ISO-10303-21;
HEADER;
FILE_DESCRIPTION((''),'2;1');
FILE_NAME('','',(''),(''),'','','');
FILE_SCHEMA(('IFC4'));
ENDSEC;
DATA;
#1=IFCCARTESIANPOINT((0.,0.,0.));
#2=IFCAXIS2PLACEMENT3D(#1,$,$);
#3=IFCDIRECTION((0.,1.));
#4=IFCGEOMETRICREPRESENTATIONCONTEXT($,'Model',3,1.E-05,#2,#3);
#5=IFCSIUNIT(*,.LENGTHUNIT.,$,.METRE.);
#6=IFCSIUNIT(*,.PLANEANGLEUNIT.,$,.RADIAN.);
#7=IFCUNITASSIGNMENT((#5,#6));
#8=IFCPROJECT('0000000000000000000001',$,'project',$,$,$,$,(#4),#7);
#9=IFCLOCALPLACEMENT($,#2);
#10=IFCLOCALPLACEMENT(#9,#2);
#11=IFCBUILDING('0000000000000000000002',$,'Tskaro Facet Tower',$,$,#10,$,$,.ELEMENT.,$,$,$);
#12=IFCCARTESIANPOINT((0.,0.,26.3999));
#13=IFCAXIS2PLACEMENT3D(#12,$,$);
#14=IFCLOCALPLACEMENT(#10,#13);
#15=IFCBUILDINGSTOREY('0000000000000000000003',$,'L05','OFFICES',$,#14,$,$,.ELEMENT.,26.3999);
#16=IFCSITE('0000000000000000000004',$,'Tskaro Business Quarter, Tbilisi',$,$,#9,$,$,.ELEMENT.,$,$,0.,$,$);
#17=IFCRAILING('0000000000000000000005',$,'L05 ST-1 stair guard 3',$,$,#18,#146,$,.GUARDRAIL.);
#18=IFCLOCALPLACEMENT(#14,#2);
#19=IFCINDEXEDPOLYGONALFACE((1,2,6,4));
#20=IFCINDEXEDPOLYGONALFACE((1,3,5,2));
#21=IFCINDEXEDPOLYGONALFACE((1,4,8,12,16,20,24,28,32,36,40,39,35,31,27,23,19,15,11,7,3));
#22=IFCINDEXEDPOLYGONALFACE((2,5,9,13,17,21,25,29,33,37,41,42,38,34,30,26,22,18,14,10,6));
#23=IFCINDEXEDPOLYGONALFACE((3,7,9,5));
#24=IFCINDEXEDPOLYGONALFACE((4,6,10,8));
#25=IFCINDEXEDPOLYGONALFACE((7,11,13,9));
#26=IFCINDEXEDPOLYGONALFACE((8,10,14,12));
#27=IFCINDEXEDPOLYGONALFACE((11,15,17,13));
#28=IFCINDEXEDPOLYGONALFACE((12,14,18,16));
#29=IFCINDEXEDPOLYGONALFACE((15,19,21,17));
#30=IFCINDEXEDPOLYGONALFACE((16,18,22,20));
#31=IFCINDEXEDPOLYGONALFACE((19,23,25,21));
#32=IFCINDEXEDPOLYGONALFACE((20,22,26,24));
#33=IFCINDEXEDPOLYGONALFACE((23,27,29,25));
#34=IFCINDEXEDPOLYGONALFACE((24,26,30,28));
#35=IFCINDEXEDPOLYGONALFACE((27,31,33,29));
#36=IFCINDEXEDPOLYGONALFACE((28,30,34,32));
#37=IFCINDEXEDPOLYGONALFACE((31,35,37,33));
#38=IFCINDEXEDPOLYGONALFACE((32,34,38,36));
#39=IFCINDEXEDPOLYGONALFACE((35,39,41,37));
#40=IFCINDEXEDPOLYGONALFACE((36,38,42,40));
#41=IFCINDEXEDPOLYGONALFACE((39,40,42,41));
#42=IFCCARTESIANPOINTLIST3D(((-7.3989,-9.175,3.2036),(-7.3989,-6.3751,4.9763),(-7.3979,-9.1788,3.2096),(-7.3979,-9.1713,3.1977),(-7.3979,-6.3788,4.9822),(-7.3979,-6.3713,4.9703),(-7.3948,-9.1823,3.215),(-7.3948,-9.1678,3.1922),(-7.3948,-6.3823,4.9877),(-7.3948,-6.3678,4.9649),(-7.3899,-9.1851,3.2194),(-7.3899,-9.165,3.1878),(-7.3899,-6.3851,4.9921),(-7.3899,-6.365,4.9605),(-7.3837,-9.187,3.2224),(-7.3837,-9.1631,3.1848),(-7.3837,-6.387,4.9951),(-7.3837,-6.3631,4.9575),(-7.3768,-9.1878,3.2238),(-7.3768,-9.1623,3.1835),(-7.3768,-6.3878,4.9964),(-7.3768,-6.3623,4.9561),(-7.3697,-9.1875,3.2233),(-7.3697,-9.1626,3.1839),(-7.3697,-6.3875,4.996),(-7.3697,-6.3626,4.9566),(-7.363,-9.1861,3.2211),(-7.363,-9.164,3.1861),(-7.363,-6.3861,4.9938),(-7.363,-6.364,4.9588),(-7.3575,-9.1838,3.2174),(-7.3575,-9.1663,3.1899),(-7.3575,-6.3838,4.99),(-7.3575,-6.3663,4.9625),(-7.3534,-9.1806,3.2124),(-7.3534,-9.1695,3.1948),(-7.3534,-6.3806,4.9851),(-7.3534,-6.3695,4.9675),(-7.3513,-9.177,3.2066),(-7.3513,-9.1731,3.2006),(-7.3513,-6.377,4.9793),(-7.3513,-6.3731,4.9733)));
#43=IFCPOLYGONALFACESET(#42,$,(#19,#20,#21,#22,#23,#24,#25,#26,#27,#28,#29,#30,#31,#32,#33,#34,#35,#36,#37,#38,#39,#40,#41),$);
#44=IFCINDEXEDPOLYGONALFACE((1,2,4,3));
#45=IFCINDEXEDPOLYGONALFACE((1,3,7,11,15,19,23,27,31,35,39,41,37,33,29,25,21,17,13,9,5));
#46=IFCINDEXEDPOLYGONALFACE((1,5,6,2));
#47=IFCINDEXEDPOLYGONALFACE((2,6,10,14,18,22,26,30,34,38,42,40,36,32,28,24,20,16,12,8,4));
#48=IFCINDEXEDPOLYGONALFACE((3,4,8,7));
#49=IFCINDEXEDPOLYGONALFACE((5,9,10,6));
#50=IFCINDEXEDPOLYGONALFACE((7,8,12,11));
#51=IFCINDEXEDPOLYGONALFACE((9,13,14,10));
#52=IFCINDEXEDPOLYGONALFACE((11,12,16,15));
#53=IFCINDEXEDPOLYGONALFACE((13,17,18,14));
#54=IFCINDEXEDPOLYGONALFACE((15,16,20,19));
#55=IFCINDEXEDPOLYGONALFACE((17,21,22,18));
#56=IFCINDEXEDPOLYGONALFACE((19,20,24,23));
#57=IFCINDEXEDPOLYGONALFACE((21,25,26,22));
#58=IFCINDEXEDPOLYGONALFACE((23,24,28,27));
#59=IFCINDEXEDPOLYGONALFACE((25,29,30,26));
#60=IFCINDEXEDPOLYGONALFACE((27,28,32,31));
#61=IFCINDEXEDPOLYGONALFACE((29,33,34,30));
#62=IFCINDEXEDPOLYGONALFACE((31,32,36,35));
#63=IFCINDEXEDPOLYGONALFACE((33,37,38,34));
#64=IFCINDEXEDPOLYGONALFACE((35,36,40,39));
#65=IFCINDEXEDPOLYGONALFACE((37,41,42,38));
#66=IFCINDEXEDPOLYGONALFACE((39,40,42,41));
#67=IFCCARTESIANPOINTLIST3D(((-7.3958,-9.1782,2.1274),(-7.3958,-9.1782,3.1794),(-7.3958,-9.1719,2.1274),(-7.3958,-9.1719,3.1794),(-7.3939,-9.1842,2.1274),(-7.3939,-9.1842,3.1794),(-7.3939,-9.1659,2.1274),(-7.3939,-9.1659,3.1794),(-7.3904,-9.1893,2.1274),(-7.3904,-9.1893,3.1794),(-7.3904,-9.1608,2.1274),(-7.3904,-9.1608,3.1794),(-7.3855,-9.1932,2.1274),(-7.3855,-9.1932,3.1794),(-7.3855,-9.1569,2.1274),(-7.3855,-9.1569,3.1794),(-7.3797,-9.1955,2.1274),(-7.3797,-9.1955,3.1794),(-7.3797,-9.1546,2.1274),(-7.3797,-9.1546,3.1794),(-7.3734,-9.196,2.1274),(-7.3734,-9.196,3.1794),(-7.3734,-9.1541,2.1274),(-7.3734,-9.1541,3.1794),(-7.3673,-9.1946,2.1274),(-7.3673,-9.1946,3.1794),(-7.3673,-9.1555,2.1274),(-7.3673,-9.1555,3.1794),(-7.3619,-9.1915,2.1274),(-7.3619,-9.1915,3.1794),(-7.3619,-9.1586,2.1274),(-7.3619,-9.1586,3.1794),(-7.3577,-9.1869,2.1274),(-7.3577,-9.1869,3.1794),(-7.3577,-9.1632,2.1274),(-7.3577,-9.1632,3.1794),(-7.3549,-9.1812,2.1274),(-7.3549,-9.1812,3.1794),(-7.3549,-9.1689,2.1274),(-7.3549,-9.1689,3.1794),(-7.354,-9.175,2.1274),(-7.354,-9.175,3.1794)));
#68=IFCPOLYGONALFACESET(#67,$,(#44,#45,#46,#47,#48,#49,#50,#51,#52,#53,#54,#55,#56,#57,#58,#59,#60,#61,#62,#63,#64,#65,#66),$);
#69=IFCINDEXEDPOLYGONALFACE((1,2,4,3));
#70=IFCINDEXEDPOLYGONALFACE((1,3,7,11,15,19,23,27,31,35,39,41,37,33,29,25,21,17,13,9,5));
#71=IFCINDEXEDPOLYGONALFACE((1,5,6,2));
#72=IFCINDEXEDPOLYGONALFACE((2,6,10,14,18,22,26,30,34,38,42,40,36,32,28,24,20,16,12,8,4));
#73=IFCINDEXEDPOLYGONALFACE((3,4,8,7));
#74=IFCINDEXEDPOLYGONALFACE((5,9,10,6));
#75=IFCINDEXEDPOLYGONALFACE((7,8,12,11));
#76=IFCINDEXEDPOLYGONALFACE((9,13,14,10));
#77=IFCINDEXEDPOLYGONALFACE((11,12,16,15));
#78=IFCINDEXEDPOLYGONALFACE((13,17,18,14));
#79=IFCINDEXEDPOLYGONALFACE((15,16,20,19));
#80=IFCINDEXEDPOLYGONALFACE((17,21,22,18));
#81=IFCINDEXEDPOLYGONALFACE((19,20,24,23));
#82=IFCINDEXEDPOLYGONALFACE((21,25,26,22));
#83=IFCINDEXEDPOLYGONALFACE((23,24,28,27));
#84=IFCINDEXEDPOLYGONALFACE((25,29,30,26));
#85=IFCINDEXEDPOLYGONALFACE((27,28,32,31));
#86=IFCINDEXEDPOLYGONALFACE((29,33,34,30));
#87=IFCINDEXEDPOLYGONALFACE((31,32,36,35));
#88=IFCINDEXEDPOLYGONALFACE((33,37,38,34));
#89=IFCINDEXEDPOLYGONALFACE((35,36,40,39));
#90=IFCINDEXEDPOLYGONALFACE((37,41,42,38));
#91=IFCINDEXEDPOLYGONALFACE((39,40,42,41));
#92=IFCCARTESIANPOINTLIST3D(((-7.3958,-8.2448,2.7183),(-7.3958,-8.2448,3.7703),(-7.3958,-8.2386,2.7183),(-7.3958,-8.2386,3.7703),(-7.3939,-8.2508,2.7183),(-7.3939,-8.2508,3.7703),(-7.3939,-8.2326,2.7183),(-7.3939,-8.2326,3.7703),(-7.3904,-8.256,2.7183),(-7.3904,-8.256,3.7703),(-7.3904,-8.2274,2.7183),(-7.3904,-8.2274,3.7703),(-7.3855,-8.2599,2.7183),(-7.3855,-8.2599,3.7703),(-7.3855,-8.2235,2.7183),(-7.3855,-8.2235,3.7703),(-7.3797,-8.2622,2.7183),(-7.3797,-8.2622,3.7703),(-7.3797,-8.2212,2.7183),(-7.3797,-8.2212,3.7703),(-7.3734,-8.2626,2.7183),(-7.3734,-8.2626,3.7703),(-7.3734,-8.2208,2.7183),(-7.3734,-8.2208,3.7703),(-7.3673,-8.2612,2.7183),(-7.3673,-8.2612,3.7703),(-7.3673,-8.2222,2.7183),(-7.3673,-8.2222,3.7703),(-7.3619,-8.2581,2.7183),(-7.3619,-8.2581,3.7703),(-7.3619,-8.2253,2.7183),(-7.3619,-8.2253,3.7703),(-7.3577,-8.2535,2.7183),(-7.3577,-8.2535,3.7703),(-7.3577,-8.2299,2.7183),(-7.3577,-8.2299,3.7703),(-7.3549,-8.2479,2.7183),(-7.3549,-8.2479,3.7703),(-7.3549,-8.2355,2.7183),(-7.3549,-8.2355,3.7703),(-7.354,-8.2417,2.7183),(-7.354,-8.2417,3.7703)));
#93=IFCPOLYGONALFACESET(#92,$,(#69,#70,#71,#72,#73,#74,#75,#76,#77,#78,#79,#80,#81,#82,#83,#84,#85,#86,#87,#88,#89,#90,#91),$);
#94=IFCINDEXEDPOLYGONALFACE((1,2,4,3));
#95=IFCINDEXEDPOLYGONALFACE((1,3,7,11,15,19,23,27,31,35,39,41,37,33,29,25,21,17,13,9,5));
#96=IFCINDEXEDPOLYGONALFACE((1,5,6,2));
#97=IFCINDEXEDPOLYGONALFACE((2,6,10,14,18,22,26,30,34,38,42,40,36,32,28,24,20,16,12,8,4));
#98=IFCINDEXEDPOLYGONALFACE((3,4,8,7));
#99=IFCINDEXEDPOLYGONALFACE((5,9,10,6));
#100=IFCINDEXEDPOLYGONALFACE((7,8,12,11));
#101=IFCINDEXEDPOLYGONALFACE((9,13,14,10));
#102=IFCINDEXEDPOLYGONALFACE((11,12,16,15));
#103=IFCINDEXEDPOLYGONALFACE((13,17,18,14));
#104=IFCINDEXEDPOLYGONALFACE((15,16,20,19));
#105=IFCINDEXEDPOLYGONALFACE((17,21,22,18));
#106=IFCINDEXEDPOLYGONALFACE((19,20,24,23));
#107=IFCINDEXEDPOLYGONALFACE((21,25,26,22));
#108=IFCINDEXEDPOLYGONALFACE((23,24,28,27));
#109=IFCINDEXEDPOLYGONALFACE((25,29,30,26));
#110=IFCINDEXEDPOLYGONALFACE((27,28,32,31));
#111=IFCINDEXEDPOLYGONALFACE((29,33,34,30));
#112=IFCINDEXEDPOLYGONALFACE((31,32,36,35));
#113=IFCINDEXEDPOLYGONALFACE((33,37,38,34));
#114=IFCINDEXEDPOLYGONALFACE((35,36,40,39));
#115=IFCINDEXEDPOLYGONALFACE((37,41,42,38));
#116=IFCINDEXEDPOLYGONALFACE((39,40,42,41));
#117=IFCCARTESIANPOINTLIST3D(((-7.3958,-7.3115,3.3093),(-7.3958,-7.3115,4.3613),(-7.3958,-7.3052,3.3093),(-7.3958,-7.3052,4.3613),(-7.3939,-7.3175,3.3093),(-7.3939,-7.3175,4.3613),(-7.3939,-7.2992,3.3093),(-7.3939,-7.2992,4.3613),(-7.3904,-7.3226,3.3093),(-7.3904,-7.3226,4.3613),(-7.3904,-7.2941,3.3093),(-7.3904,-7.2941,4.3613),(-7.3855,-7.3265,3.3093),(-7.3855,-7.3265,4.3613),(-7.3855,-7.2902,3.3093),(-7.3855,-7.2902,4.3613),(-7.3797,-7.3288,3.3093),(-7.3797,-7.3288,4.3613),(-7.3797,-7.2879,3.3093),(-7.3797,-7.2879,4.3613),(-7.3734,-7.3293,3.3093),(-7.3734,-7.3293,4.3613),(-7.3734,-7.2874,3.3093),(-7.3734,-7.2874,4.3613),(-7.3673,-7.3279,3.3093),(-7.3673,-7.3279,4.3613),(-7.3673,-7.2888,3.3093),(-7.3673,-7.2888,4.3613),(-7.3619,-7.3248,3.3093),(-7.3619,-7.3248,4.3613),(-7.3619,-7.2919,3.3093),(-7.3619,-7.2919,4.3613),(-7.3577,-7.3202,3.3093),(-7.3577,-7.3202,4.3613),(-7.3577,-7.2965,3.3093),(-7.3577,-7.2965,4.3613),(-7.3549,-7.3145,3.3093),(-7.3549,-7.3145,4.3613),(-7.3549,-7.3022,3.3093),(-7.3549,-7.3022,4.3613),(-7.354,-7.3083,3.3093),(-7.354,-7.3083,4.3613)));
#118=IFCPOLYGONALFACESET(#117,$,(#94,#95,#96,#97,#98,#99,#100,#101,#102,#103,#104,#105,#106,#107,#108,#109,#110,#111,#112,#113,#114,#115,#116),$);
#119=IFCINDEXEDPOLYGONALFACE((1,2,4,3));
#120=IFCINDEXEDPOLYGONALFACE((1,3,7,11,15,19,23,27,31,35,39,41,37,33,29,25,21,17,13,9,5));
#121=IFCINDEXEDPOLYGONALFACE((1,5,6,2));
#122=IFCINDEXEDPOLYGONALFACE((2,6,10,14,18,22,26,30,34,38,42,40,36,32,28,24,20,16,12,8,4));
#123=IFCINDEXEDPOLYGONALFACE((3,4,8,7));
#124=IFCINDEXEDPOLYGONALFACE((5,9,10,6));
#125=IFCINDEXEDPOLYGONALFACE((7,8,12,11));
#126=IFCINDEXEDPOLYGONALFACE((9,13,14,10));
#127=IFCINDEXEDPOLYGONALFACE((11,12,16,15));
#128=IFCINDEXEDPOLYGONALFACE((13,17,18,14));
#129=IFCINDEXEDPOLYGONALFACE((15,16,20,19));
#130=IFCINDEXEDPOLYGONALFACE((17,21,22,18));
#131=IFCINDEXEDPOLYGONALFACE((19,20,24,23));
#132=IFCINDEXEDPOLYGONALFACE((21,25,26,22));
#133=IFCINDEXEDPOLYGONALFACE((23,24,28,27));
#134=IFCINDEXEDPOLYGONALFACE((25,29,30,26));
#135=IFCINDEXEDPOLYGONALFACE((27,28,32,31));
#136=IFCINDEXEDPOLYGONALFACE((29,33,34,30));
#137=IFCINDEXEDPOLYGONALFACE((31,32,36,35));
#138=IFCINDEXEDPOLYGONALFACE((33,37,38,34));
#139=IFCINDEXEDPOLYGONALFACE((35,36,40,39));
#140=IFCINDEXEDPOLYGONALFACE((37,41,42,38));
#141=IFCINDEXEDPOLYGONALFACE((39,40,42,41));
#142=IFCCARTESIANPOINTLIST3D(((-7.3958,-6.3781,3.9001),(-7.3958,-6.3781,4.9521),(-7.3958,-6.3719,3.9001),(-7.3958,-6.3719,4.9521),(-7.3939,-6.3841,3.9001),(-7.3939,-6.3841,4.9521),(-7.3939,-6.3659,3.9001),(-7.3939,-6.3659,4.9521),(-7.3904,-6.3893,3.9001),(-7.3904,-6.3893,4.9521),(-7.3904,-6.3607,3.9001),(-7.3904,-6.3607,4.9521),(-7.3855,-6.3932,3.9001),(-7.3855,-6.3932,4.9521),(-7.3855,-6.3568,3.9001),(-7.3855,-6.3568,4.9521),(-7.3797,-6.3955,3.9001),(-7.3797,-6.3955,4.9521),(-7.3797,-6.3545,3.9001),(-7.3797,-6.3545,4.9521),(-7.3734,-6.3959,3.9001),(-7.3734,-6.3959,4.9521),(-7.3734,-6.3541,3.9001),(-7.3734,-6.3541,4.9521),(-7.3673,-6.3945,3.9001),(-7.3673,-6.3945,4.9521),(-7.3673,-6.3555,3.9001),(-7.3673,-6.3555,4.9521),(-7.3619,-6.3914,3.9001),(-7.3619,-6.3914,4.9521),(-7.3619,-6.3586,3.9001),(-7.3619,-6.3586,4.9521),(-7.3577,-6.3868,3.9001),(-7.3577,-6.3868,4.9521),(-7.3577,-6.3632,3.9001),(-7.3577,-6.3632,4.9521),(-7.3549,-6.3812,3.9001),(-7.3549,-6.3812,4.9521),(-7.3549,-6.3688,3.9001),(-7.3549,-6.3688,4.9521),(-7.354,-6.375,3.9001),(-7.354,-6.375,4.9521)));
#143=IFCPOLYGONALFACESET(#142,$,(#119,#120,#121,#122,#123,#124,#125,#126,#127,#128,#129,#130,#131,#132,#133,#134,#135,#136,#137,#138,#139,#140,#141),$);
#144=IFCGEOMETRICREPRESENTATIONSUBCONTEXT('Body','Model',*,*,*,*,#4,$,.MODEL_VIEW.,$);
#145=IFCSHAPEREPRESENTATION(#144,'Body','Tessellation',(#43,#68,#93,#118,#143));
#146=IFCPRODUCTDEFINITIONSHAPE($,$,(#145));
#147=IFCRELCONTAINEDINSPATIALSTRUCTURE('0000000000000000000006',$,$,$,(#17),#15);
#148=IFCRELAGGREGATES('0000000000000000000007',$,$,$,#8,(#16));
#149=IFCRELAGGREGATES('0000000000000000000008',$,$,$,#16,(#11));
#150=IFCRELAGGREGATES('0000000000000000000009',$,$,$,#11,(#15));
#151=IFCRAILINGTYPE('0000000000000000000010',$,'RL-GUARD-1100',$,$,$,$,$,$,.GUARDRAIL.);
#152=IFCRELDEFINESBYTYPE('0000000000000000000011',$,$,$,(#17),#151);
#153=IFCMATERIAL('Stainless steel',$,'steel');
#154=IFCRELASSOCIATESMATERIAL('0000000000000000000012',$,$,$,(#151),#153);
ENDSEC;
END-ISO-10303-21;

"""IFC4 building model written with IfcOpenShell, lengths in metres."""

from ifc_helpers import new_model, si_unit, direction, frame, origin, origin_2d, place, context, subcontext, project, spatial, circle, extrude, material, type_object, element, save


model = new_model("IFC4")

# Units and contexts
model_context = context("Model", 3, precision=1e-05, world=origin(), true_north=direction((0.0, 1.0)))
body_context = subcontext(model_context, "Body", "Model", "MODEL_VIEW")
ifc_project = project(units=[si_unit("LENGTHUNIT", "METRE"), si_unit("PLANEANGLEUNIT", "RADIAN")], contexts=[model_context])

# Site, building, storey
site_placement = place(None, origin())
site = spatial("IfcSite", under=ifc_project, at=site_placement, Name="Tskaro Business Quarter, Tbilisi", CompositionType="ELEMENT", RefElevation=0.0)
building_placement = place(site_placement, origin())
building = spatial("IfcBuilding", under=site, at=building_placement, Name="Tskaro Facet Tower", CompositionType="ELEMENT")
storey_placement = place(building_placement, frame((0.0, 0.0, 26.3999)))
storey = spatial("IfcBuildingStorey", under=building, at=storey_placement, Name="L05", Description="OFFICES", CompositionType="ELEMENT", Elevation=26.3999)

# Shared definitions
ifc_material_1 = material(Name="Stainless steel", Category="steel")

# Railing
railing_type_1 = type_object("IfcRailingType", Name="RL-GUARD-1100", PredefinedType="GUARDRAIL", material=ifc_material_1)
railing_1_placement = place(storey_placement, frame((-7.375, -9.175, 2.1274)))
element("IfcRailing", 1, at=railing_1_placement, inside=storey, type_object=railing_type_1, Name="L05 ST-1 stair guard 3", PredefinedType="GUARDRAIL", context=body_context, shape_type="SweptSolid", body=[
    extrude(circle(Radius=0.0239, at=origin_2d()), frame((0.0, 0.0, 1.0762), z_axis=(0.0, 0.844909, 0.53491), x_axis=(-1.0, 0.0, 0.0)), (0.0, 0.0, 1.0), 3.314),
    extrude(circle(Radius=0.021, at=origin_2d()), origin(), (0.0, 0.0, 1.0), 1.052),
    extrude(circle(Radius=0.021, at=origin_2d()), frame((0.0, 0.9333, 0.5908)), (0.0, 0.0, 1.0), 1.052),
    extrude(circle(Radius=0.021, at=origin_2d()), frame((0.0, 1.8667, 1.1819)), (0.0, 0.0, 1.0), 1.052),
    extrude(circle(Radius=0.021, at=origin_2d()), frame((0.0, 2.8, 1.7727)), (0.0, 0.0, 1.0), 1.052),
])

save(model, "model.ifc")
